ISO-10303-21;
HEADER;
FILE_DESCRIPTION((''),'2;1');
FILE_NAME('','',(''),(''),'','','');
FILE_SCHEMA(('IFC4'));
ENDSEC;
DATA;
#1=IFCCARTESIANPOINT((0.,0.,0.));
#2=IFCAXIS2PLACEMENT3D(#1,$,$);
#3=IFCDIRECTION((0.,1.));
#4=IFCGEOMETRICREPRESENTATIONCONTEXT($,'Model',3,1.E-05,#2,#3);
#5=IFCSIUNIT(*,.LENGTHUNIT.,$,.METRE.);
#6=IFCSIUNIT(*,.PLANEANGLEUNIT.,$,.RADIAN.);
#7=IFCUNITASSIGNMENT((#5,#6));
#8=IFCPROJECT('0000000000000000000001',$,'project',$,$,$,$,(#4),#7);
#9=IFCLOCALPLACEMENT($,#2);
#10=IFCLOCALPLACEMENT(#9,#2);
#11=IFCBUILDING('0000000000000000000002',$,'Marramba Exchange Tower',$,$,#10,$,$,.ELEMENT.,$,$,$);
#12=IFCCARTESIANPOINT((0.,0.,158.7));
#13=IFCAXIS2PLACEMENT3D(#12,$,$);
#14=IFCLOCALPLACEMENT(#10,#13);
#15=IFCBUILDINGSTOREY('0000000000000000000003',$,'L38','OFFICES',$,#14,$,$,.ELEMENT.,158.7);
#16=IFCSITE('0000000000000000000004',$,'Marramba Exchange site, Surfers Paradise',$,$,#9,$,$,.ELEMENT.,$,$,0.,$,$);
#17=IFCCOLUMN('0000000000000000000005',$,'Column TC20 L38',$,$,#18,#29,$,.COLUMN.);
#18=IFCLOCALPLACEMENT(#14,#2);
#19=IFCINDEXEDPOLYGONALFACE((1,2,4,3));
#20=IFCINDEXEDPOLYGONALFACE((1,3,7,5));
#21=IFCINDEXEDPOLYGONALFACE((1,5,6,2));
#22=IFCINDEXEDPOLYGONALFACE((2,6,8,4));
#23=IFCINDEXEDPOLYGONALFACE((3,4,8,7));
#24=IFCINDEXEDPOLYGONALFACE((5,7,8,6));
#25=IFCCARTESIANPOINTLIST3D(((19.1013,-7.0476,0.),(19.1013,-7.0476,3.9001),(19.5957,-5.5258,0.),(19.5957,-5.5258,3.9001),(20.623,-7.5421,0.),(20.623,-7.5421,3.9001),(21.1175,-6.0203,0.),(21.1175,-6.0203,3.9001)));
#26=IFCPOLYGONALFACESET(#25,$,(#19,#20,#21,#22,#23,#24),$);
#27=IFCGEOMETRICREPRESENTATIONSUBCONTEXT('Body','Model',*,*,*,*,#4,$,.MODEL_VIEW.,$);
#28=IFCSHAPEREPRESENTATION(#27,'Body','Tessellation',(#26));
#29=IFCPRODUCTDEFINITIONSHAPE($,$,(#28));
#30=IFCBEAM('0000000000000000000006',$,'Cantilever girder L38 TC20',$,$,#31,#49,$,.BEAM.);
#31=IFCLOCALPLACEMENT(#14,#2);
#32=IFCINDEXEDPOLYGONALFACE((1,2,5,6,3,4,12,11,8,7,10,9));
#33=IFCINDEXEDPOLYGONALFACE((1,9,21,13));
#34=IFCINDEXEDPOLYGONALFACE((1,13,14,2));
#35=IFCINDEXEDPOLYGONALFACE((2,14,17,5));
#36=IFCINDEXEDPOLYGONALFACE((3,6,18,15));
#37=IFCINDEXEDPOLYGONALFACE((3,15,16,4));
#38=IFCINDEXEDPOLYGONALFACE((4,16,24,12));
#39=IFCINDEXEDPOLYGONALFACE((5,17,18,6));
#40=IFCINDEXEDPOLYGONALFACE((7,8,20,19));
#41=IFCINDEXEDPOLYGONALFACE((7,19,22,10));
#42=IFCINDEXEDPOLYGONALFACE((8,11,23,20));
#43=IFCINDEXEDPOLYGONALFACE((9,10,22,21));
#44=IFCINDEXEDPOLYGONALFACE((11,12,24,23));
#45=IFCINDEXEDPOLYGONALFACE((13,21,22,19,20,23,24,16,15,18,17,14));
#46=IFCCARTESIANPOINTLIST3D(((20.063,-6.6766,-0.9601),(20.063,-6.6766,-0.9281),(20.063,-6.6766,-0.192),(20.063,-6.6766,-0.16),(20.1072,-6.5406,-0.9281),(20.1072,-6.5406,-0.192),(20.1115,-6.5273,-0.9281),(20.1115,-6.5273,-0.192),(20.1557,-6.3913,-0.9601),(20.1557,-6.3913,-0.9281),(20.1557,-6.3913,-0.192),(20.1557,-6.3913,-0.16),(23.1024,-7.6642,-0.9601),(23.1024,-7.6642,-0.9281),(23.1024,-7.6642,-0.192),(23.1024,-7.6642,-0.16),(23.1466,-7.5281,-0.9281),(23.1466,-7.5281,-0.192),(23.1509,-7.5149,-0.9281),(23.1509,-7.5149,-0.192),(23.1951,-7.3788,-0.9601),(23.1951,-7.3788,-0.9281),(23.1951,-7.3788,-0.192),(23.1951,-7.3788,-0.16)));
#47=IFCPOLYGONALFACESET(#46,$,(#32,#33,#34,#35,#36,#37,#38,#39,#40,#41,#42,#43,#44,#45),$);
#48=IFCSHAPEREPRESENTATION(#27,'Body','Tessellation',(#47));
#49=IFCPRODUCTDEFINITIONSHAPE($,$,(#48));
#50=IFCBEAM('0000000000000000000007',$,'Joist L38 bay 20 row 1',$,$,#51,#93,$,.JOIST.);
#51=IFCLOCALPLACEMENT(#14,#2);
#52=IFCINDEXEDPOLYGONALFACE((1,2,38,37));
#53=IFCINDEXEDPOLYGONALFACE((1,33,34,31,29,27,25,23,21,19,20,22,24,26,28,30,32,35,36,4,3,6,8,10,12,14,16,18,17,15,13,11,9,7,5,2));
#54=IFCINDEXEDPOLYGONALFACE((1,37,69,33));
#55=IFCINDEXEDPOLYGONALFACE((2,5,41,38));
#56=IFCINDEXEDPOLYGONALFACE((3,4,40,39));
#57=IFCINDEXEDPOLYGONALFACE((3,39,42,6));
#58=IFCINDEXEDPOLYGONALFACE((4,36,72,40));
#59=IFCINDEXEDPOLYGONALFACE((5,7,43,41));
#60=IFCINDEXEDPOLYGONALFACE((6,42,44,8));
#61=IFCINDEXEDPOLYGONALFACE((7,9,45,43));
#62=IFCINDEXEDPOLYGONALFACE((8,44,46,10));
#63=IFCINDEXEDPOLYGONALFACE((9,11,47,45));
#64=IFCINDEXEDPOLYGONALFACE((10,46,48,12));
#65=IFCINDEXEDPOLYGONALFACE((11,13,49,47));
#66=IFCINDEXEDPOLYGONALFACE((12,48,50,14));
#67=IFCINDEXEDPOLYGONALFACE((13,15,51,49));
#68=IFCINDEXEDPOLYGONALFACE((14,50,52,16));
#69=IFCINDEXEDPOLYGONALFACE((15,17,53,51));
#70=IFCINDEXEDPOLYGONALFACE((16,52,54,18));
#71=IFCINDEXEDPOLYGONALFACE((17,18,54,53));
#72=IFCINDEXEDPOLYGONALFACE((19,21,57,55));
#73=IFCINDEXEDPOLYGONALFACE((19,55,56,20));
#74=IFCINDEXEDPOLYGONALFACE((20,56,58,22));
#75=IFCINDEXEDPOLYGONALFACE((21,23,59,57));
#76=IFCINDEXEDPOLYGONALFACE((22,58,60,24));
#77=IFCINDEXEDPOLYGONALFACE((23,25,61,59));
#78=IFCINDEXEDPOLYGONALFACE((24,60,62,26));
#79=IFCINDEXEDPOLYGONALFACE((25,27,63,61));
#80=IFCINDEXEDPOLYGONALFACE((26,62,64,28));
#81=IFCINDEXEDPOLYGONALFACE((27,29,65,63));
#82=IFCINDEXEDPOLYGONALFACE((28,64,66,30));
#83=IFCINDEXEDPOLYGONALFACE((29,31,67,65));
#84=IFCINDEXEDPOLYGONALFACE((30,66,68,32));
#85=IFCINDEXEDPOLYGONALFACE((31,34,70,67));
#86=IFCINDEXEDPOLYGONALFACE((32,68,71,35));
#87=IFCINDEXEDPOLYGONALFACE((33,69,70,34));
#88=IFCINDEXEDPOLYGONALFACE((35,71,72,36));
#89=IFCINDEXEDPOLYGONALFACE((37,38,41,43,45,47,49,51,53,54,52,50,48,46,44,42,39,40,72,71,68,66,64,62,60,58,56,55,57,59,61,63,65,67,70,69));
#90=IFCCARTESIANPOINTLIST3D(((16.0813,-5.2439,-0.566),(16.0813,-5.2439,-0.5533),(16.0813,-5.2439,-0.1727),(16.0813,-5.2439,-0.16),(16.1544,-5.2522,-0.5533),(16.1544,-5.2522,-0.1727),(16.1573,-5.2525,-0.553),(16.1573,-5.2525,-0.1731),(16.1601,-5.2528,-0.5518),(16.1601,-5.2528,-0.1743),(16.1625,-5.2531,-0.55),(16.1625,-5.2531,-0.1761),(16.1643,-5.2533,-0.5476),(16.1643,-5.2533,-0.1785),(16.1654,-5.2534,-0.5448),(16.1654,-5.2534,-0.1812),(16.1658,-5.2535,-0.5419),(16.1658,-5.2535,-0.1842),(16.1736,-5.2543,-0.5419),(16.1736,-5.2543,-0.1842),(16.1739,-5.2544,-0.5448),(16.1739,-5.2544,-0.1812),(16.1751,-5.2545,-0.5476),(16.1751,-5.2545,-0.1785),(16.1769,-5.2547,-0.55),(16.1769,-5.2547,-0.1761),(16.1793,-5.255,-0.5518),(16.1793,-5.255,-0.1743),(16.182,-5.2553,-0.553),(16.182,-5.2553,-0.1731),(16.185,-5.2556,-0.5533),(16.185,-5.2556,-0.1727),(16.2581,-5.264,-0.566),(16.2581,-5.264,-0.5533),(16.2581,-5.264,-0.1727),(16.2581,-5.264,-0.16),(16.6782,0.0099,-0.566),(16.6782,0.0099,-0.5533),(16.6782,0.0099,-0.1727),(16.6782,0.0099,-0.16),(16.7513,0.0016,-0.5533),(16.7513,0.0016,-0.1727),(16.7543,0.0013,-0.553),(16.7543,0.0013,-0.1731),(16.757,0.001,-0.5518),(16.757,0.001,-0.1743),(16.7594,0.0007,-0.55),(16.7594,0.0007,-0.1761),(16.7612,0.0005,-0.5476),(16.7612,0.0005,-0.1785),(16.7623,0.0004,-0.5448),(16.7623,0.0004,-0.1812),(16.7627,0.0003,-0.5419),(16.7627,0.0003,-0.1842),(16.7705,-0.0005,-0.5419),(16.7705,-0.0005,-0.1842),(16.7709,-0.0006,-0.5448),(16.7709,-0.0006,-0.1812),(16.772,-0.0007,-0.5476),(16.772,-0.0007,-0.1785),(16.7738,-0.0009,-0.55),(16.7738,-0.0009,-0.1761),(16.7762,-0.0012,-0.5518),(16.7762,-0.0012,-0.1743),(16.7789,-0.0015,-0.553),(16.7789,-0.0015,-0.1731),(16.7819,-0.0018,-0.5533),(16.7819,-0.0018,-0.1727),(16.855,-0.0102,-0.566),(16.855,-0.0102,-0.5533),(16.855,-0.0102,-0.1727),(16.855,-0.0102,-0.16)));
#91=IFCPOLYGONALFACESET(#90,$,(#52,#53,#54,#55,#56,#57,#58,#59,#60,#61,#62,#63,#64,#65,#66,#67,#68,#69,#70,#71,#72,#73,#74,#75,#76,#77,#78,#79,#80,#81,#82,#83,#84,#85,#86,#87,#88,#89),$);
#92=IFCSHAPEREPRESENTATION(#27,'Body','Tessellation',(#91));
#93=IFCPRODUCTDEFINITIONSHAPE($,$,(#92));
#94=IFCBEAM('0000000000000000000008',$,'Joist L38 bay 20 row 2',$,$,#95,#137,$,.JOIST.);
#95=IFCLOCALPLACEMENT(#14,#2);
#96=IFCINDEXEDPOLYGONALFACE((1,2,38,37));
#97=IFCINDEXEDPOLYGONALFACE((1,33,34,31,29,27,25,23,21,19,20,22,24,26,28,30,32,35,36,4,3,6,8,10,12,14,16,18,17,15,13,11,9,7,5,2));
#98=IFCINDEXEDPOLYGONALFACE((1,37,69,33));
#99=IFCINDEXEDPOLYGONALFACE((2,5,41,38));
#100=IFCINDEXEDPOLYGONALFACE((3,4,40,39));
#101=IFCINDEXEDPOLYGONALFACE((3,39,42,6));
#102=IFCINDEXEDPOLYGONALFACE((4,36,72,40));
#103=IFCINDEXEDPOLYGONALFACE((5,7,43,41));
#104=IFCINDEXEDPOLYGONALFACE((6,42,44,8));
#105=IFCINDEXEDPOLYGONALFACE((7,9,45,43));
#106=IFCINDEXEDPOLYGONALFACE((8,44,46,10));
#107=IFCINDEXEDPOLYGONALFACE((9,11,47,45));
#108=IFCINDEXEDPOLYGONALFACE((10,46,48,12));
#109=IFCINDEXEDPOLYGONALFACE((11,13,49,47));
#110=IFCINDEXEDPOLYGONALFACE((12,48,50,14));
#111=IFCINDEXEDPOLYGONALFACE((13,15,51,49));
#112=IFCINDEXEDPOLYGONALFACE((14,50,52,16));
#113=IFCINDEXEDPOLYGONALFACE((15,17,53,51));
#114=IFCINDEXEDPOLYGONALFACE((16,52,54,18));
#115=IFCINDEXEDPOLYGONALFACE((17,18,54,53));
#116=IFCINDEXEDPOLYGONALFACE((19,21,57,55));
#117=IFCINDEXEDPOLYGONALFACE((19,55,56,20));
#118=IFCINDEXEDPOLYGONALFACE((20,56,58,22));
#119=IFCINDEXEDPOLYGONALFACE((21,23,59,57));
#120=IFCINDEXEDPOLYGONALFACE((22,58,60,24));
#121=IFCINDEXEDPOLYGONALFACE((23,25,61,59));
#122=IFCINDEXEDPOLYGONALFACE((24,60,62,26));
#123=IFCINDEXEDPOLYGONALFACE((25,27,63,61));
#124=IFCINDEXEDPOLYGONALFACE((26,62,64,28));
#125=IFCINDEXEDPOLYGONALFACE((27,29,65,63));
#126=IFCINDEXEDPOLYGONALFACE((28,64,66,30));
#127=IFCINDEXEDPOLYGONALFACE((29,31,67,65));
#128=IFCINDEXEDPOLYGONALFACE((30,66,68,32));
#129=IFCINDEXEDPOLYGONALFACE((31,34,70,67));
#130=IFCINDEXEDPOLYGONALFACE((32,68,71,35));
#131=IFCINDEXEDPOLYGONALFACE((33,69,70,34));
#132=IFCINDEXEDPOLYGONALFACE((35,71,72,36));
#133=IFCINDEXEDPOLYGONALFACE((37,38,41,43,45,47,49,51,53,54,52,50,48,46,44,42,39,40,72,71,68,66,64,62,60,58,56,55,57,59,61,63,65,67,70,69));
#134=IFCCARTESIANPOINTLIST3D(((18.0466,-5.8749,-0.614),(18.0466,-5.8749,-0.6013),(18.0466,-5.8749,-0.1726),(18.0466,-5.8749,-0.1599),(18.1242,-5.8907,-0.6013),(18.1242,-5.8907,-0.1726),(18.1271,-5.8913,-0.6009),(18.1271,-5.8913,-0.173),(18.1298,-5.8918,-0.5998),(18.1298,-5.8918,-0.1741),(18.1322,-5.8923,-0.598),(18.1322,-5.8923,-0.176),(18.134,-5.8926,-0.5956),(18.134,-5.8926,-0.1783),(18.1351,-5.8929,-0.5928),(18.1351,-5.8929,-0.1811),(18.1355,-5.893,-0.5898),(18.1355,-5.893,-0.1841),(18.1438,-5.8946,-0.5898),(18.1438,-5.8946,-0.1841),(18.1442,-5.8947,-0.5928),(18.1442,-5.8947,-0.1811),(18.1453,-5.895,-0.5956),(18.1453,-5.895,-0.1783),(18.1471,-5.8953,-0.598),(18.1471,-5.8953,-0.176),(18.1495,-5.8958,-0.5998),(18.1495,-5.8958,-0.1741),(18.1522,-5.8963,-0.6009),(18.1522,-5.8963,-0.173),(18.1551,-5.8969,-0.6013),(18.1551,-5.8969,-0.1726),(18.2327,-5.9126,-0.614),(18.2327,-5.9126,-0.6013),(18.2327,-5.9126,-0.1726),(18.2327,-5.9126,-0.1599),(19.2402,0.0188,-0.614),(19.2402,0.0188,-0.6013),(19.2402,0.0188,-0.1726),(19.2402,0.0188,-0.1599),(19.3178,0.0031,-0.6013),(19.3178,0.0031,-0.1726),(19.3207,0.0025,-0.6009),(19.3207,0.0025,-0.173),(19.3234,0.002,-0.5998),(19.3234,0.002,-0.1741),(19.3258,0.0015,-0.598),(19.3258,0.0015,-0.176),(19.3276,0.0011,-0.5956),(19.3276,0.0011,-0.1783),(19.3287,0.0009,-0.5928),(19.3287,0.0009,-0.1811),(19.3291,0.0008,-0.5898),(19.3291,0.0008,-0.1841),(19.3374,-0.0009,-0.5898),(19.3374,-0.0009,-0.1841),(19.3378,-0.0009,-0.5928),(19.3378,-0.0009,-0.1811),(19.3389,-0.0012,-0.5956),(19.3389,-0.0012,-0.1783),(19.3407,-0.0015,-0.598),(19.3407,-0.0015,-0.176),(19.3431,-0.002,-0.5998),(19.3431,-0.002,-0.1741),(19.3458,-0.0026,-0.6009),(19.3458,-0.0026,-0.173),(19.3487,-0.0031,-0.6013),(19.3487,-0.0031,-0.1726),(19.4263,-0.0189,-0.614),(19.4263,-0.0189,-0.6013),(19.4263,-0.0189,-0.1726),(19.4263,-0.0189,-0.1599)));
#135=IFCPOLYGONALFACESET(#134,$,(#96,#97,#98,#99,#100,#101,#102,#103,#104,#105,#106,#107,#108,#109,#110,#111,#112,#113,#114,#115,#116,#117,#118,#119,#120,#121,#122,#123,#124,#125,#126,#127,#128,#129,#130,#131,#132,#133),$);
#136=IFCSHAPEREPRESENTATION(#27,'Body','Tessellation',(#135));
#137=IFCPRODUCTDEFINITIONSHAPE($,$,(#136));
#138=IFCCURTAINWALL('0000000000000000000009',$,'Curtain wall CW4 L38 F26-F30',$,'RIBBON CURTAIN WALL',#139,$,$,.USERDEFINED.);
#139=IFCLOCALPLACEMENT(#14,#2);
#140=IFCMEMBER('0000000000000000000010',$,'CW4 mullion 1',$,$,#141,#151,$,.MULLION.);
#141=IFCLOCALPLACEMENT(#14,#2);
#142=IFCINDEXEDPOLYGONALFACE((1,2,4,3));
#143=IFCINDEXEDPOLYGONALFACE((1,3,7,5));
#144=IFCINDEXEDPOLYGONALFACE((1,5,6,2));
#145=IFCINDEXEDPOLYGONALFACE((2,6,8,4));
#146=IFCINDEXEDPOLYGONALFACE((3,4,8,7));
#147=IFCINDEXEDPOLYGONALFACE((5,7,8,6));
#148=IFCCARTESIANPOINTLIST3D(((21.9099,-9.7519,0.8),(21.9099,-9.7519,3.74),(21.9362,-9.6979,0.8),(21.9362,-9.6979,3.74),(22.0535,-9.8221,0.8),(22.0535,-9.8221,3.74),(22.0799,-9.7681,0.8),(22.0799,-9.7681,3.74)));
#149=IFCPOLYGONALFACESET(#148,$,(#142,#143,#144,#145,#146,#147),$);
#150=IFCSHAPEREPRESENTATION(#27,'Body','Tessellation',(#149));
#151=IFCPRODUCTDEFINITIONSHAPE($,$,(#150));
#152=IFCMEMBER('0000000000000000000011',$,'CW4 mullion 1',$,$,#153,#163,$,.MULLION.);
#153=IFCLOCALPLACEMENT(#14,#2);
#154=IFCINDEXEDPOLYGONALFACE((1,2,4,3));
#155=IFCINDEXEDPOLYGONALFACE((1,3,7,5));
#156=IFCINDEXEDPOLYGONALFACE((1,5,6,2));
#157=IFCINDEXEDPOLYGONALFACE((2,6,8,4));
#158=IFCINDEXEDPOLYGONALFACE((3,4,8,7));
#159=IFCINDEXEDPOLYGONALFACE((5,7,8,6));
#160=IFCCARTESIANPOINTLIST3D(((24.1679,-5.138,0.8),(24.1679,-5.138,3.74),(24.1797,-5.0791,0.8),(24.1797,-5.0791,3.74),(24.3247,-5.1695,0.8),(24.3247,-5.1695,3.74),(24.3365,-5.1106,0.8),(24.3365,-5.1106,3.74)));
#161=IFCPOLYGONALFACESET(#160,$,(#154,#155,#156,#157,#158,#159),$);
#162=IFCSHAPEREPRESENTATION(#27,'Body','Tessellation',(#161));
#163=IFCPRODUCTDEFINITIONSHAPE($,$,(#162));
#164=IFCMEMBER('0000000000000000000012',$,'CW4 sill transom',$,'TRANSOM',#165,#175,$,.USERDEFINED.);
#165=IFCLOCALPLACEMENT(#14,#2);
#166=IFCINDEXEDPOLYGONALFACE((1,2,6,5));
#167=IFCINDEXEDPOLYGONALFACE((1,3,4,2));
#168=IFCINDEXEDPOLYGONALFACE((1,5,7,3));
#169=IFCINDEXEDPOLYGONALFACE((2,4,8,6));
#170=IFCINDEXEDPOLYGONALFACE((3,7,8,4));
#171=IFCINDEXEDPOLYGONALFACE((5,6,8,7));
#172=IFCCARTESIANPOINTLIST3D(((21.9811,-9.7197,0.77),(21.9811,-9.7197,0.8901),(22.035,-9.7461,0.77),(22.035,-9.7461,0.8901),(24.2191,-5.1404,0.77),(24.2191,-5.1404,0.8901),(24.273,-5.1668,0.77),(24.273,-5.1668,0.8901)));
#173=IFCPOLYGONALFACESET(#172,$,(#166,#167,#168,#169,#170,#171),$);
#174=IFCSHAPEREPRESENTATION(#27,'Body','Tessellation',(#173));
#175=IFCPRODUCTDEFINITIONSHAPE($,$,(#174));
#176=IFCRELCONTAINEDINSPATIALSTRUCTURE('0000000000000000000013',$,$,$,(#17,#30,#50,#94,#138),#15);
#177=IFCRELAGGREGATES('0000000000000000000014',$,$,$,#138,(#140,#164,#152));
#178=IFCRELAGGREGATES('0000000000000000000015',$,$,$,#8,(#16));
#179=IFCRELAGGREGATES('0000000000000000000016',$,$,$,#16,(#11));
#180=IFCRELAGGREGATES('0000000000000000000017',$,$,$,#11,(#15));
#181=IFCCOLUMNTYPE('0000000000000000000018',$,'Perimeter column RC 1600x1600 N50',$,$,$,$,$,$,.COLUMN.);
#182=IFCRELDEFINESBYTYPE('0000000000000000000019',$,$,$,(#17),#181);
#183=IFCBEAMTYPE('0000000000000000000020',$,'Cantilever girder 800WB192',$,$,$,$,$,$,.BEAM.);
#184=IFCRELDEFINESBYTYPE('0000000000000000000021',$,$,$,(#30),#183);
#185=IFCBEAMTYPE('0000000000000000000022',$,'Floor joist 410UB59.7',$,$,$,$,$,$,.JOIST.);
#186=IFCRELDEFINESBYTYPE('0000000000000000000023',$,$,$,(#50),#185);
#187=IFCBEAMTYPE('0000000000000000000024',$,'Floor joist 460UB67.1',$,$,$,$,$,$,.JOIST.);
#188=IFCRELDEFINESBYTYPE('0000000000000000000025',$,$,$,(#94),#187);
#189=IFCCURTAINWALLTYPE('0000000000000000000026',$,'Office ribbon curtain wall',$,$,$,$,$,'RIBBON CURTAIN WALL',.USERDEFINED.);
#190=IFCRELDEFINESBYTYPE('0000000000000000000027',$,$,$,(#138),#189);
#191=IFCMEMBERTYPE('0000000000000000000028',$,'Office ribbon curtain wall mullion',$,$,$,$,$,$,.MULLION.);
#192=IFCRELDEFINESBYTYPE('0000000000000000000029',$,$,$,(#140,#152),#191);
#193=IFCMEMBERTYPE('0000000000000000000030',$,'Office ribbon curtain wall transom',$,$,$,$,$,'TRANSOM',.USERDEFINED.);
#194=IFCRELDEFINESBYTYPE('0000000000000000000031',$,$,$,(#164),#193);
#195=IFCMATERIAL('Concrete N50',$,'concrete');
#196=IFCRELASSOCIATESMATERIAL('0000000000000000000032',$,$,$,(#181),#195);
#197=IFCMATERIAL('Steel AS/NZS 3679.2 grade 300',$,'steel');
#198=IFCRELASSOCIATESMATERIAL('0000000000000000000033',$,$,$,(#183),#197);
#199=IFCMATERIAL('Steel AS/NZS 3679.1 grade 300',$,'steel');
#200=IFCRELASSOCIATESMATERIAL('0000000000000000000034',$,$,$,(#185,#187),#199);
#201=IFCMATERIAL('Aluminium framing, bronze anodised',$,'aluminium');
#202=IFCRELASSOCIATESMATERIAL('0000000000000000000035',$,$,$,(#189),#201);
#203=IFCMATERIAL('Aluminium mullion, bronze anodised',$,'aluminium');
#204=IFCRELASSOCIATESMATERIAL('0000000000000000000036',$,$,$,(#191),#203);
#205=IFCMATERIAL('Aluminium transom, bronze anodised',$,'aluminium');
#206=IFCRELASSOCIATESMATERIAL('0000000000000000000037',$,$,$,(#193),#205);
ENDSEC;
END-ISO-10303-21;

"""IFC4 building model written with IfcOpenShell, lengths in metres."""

from ifc_helpers import new_model, si_unit, direction, frame, origin, origin_2d, place, context, subcontext, project, spatial, rectangle, i_section, extrude, material, material_profile, profile_set, type_object, element, aggregate, save


model = new_model("IFC4")

# Units and contexts
model_context = context("Model", 3, precision=1e-05, world=origin(), true_north=direction((0.0, 1.0)))
body_context = subcontext(model_context, "Body", "Model", "MODEL_VIEW")
ifc_project = project(units=[si_unit("LENGTHUNIT", "METRE"), si_unit("PLANEANGLEUNIT", "RADIAN")], contexts=[model_context])

# Site, building, storey
site_placement = place(None, origin())
site = spatial("IfcSite", under=ifc_project, at=site_placement, Name="Marramba Exchange site, Surfers Paradise", CompositionType="ELEMENT", RefElevation=0.0)
building_placement = place(site_placement, origin())
building = spatial("IfcBuilding", under=site, at=building_placement, Name="Marramba Exchange Tower", CompositionType="ELEMENT")
storey_placement = place(building_placement, frame((0.0, 0.0, 158.7)))
storey = spatial("IfcBuildingStorey", under=building, at=storey_placement, Name="L38", Description="OFFICES", CompositionType="ELEMENT", Elevation=158.7)

# Column
ifc_material_1 = material(Name="Concrete N50", Category="concrete")
ifc_material_profile_1 = material_profile(ifc_material_1, rectangle(XDim=1.6001, YDim=1.6001, at=origin_2d()), Name="RC 1600x1600")
ifc_profile_set_1 = profile_set([ifc_material_profile_1], Name="Concrete N50")
column_type = type_object("IfcColumnType", Name="Perimeter column RC 1600x1600 N50", PredefinedType="COLUMN", material=ifc_profile_set_1)
column_placement = place(storey_placement, frame((20.1094, -6.5339, 0.0), z_axis=(0.0, 0.0, 1.0), x_axis=(0.951057, -0.309017, 0.0)))
element("IfcColumn", 1, at=column_placement, inside=storey, type_object=column_type, Name="Column TC20 L38", PredefinedType="COLUMN", context=body_context, shape_type="SweptSolid", body=[
    extrude(rectangle(XDim=1.6001, YDim=1.6001, at=origin_2d()), origin(), (0.0, 0.0, 1.0), 3.9001),
])

# Beams
ifc_material_2 = material(Name="Steel AS/NZS 3679.2 grade 300", Category="steel")
ifc_material_profile_2 = material_profile(ifc_material_2, i_section(OverallWidth=0.3, OverallDepth=0.8, WebThickness=0.0139, FlangeThickness=0.032, at=origin_2d()), Name="800WB192")
ifc_profile_set_2 = profile_set([ifc_material_profile_2], Name="Steel AS/NZS 3679.2 grade 300")
beam_type_1 = type_object("IfcBeamType", Name="Cantilever girder 800WB192", PredefinedType="BEAM", material=ifc_profile_set_2)
beam_1_placement = place(storey_placement, frame((20.1094, -6.5339, -0.5601), z_axis=(0.951055, -0.309022, 0.0), x_axis=(0.309022, 0.951055, 0.0)))
element("IfcBeam", 2, at=beam_1_placement, inside=storey, type_object=beam_type_1, Name="Cantilever girder L38 TC20", PredefinedType="BEAM", context=body_context, shape_type="SweptSolid", body=[
    extrude(i_section(OverallWidth=0.3, OverallDepth=0.8, WebThickness=0.0139, FlangeThickness=0.032, at=origin_2d()), origin(), (0.0, 0.0, 1.0), 3.1958),
])
ifc_material_3 = material(Name="Steel AS/NZS 3679.1 grade 300", Category="steel")
ifc_material_profile_3 = material_profile(ifc_material_3, i_section(OverallWidth=0.178, OverallDepth=0.406, WebThickness=0.0078, FlangeThickness=0.0127, FilletRadius=0.0115, at=origin_2d()), Name="410UB59.7")
ifc_profile_set_3 = profile_set([ifc_material_profile_3], Name="Steel AS/NZS 3679.1 grade 300")
beam_type_2 = type_object("IfcBeamType", Name="Floor joist 410UB59.7", PredefinedType="JOIST", material=ifc_profile_set_3)
beam_2_placement = place(storey_placement, frame((16.1697, -5.2539, -0.363), z_axis=(0.112889, 0.993608, 0.0), x_axis=(-0.993608, 0.112889, 0.0)))
element("IfcBeam", 3, at=beam_2_placement, inside=storey, type_object=beam_type_2, Name="Joist L38 bay 20 row 1", PredefinedType="JOIST", context=body_context, shape_type="SweptSolid", body=[
    extrude(i_section(OverallWidth=0.178, OverallDepth=0.406, WebThickness=0.0078, FlangeThickness=0.0127, FilletRadius=0.0115, at=origin_2d()), origin(), (0.0, 0.0, 1.0), 5.2876),
])
ifc_material_profile_4 = material_profile(ifc_material_3, i_section(OverallWidth=0.1899, OverallDepth=0.4541, WebThickness=0.0085, FlangeThickness=0.0127, FilletRadius=0.0115, at=origin_2d()), Name="460UB67.1")
ifc_profile_set_4 = profile_set([ifc_material_profile_4], Name="Steel AS/NZS 3679.1 grade 300")
beam_type_3 = type_object("IfcBeamType", Name="Floor joist 460UB67.1", PredefinedType="JOIST", material=ifc_profile_set_4)
beam_3_placement = place(storey_placement, frame((18.1396, -5.8938, -0.387), z_axis=(0.198489, 0.980103, 0.0), x_axis=(-0.980103, 0.198489, 0.0)))
element("IfcBeam", 4, at=beam_3_placement, inside=storey, type_object=beam_type_3, Name="Joist L38 bay 20 row 2", PredefinedType="JOIST", context=body_context, shape_type="SweptSolid", body=[
    extrude(i_section(OverallWidth=0.1899, OverallDepth=0.4541, WebThickness=0.0085, FlangeThickness=0.0127, FilletRadius=0.0115, at=origin_2d()), origin(), (0.0, 0.0, 1.0), 6.0134),
])

# Curtain wall, members
ifc_material_4 = material(Name="Aluminium framing, bronze anodised", Category="aluminium")
curtain_wall_type = type_object("IfcCurtainWallType", Name="Office ribbon curtain wall", ElementType="RIBBON CURTAIN WALL", PredefinedType="USERDEFINED", material=ifc_material_4)
curtain_wall_placement = place(storey_placement, origin())
curtain_wall = element("IfcCurtainWall", 5, at=curtain_wall_placement, inside=storey, type_object=curtain_wall_type, Name="Curtain wall CW4 L38 F26-F30", ObjectType="RIBBON CURTAIN WALL", PredefinedType="USERDEFINED")
ifc_material_5 = material(Name="Aluminium mullion, bronze anodised", Category="aluminium")
ifc_material_profile_5 = material_profile(ifc_material_5, rectangle(XDim=0.1599, YDim=0.0601, at=origin_2d()), Name="CW4 mullion 60x160")
ifc_profile_set_5 = profile_set([ifc_material_profile_5], Name="Aluminium mullion, bronze anodised")
member_type_1 = type_object("IfcMemberType", Name="Office ribbon curtain wall mullion", PredefinedType="MULLION", material=ifc_profile_set_5)
member_1_placement = place(storey_placement, frame((21.9949, -9.76, 0.8), z_axis=(0.0, 0.0, 1.0), x_axis=(-0.898445, 0.439086, 0.0)))
member_1 = element("IfcMember", 6, at=member_1_placement, type_object=member_type_1, Name="CW4 mullion 1", PredefinedType="MULLION", context=body_context, shape_type="SweptSolid", body=[
    extrude(rectangle(XDim=0.1599, YDim=0.0601, at=origin_2d()), origin(), (0.0, 0.0, 1.0), 2.9399),
])
member_2_placement = place(storey_placement, frame((24.2522, -5.1243, 0.8), z_axis=(0.0, 0.0, 1.0), x_axis=(-0.980394, 0.197049, 0.0)))
member_2 = element("IfcMember", 7, at=member_2_placement, type_object=member_type_1, Name="CW4 mullion 1", PredefinedType="MULLION", context=body_context, shape_type="SweptSolid", body=[
    extrude(rectangle(XDim=0.1599, YDim=0.0601, at=origin_2d()), origin(), (0.0, 0.0, 1.0), 2.9399),
])
ifc_material_6 = material(Name="Aluminium transom, bronze anodised", Category="aluminium")
ifc_material_profile_6 = material_profile(ifc_material_6, rectangle(XDim=0.0601, YDim=0.1201, at=origin_2d()), Name="CW4 transom 60x120")
ifc_profile_set_6 = profile_set([ifc_material_profile_6], Name="Aluminium transom, bronze anodised")
member_type_2 = type_object("IfcMemberType", Name="Office ribbon curtain wall transom", ElementType="TRANSOM", PredefinedType="USERDEFINED", material=ifc_profile_set_6)
member_3_placement = place(storey_placement, frame((22.0081, -9.7329, 0.8301), z_axis=(0.439091, 0.898443, 0.0), x_axis=(-0.898443, 0.439091, 0.0)))
member_3 = element("IfcMember", 8, at=member_3_placement, type_object=member_type_2, Name="CW4 sill transom", ObjectType="TRANSOM", PredefinedType="USERDEFINED", context=body_context, shape_type="SweptSolid", body=[
    extrude(rectangle(XDim=0.0601, YDim=0.1201, at=origin_2d()), origin(), (0.0, 0.0, 1.0), 5.0969),
])

aggregate(curtain_wall, [member_1, member_3, member_2])

save(model, "model.ifc")
